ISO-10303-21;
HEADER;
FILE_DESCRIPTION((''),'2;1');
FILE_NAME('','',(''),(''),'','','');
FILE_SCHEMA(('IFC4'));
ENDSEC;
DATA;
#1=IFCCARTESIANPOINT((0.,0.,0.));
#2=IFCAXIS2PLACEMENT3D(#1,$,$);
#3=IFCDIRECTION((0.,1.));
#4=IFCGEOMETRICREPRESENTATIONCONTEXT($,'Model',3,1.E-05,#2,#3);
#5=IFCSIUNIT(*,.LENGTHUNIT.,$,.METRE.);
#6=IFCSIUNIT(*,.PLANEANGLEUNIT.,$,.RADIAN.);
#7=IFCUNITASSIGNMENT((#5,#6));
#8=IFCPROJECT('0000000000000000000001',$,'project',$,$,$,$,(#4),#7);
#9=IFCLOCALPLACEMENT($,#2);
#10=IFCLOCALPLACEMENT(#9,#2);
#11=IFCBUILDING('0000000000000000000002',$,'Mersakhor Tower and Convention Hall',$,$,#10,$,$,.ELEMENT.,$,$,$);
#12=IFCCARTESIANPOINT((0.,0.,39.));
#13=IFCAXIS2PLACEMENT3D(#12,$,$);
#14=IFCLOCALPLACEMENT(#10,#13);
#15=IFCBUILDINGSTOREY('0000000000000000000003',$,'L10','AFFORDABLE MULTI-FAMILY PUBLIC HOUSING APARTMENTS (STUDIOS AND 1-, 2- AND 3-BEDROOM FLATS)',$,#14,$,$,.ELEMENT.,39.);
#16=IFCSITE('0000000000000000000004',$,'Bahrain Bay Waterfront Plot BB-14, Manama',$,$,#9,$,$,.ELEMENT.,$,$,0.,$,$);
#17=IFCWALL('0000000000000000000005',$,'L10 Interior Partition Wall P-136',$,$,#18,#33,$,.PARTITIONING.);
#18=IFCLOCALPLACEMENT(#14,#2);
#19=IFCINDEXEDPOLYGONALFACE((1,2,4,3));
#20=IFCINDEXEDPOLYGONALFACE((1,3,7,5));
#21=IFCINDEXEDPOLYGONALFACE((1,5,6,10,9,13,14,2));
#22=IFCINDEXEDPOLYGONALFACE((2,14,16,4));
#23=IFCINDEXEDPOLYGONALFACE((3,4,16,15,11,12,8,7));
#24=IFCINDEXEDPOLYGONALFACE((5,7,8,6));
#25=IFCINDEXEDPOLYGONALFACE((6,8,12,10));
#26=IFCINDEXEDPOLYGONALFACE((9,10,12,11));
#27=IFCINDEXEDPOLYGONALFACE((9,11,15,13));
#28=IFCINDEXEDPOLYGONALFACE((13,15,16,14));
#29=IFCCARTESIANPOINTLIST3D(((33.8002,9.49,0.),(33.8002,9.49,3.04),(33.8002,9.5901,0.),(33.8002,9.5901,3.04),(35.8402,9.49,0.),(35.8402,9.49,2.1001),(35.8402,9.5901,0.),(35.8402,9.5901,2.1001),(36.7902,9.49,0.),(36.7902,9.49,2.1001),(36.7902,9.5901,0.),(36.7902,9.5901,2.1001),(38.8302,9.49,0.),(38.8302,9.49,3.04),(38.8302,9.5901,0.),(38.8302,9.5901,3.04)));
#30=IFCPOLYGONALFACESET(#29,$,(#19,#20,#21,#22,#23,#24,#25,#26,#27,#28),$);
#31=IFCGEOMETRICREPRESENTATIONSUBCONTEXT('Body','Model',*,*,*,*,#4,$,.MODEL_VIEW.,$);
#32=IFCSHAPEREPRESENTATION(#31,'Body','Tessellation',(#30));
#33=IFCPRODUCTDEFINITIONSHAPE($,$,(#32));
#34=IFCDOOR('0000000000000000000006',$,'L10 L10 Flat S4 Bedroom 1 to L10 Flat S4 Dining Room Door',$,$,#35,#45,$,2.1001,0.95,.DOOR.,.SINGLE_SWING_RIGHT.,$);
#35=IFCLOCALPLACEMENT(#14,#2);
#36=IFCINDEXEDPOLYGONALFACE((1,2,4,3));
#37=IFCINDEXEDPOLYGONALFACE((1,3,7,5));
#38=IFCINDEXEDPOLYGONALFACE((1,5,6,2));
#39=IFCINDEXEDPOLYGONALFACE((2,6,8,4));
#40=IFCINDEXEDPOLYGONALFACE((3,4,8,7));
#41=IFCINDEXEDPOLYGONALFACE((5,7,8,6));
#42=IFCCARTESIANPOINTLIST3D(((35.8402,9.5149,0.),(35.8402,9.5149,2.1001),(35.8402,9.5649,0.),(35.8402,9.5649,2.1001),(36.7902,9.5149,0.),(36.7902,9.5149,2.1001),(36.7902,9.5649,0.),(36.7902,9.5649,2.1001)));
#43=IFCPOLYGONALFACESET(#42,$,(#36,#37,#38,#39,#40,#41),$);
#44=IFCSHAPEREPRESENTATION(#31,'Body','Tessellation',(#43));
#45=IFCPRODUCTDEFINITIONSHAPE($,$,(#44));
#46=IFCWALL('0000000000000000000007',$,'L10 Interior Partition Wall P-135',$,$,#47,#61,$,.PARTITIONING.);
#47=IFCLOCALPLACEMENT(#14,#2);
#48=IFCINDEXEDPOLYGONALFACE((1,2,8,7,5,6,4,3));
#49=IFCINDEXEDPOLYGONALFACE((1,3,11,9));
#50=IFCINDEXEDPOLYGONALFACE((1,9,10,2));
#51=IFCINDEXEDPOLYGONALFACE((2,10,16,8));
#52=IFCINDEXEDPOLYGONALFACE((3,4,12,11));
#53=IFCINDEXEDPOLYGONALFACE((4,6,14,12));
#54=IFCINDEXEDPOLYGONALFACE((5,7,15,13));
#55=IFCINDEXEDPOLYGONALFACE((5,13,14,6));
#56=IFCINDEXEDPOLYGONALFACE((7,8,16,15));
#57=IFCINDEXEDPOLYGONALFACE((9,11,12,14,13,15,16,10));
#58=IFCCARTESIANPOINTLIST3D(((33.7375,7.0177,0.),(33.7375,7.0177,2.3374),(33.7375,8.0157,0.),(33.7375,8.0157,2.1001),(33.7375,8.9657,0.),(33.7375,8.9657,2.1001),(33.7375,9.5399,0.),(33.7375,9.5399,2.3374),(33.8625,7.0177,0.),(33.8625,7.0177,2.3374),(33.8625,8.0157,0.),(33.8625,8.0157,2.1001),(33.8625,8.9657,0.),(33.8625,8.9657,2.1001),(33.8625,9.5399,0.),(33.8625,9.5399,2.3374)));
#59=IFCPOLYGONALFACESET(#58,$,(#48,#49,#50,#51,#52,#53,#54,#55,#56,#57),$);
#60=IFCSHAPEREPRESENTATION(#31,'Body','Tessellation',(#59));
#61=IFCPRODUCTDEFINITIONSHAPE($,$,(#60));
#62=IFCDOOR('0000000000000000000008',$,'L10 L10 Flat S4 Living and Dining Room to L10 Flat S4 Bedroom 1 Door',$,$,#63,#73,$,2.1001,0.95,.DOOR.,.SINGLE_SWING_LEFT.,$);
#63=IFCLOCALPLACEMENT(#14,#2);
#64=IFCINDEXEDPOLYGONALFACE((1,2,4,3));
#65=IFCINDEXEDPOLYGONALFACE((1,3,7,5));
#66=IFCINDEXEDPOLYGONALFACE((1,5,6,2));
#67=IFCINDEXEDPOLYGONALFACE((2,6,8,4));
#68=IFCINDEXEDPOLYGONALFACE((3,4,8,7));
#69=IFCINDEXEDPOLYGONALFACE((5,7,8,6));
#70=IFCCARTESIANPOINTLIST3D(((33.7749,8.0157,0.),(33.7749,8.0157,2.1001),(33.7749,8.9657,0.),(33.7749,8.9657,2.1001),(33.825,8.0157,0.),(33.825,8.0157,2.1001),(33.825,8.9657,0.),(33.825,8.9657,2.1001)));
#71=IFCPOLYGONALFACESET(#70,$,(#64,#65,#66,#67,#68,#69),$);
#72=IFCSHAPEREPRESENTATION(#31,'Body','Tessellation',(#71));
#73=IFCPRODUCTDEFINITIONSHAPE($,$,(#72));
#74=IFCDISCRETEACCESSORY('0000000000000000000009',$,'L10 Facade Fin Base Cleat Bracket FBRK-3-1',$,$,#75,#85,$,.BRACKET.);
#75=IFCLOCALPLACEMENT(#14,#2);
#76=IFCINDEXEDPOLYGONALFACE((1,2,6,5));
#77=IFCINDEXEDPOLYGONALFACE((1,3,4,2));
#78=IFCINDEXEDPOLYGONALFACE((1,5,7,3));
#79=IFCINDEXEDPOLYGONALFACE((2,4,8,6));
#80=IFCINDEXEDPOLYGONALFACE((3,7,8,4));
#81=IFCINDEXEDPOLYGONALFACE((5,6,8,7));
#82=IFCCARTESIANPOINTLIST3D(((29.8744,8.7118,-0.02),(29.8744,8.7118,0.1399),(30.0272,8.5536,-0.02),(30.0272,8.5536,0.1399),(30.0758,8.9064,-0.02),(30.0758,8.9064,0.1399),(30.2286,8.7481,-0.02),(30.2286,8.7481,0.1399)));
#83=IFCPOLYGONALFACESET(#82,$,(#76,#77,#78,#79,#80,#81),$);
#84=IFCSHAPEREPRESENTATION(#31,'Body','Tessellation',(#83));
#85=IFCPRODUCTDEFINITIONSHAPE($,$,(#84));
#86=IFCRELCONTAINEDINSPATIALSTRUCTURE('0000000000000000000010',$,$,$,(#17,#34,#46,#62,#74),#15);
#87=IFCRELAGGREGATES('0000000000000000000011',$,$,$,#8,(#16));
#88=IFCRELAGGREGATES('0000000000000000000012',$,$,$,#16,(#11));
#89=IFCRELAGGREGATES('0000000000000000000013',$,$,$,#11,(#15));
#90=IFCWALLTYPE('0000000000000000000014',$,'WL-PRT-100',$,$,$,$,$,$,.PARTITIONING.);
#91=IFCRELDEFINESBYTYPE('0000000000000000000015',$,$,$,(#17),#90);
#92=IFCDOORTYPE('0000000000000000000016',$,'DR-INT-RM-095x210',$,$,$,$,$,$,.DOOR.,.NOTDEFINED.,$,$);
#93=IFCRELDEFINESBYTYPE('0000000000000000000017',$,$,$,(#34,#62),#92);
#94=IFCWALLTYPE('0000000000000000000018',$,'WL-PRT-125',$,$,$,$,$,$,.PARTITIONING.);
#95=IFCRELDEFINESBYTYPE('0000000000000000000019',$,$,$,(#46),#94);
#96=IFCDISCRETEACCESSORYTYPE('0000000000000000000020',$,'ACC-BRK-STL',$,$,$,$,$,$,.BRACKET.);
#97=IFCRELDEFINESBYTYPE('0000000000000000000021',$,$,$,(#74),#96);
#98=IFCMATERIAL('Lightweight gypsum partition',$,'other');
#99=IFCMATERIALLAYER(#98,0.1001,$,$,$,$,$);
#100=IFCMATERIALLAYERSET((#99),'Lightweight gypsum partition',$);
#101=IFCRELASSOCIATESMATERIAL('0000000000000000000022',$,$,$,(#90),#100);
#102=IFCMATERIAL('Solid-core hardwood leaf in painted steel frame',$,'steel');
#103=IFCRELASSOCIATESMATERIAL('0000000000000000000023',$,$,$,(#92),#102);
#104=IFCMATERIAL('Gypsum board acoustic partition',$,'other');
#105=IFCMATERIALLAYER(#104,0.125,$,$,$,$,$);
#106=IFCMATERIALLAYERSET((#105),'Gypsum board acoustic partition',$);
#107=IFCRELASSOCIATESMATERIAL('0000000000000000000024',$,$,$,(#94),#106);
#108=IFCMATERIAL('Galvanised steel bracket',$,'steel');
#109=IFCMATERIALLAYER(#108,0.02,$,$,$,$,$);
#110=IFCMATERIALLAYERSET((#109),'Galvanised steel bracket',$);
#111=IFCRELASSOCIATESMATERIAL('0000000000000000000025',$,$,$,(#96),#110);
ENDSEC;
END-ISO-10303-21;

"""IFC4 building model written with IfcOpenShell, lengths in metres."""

from ifc_helpers import new_model, si_unit, direction, frame, frame_2d, origin, origin_2d, place, context, subcontext, project, spatial, rectangle, extrude, material, layer, layer_set, type_object, element, fill, save


model = new_model("IFC4")

# Units and contexts
model_context = context("Model", 3, precision=1e-05, world=origin(), true_north=direction((0.0, 1.0)))
body_context = subcontext(model_context, "Body", "Model", "MODEL_VIEW")
ifc_project = project(units=[si_unit("LENGTHUNIT", "METRE"), si_unit("PLANEANGLEUNIT", "RADIAN")], contexts=[model_context])

# Site, building, storey
site_placement = place(None, origin())
site = spatial("IfcSite", under=ifc_project, at=site_placement, Name="Bahrain Bay Waterfront Plot BB-14, Manama", CompositionType="ELEMENT", RefElevation=0.0)
building_placement = place(site_placement, origin())
building = spatial("IfcBuilding", under=site, at=building_placement, Name="Mersakhor Tower and Convention Hall", CompositionType="ELEMENT")
storey_placement = place(building_placement, frame((0.0, 0.0, 39.0)))
storey = spatial("IfcBuildingStorey", under=building, at=storey_placement, Name="L10", Description="AFFORDABLE MULTI-FAMILY PUBLIC HOUSING APARTMENTS (STUDIOS AND 1-, 2- AND 3-BEDROOM FLATS)", CompositionType="ELEMENT", Elevation=39.0)

# Walls, openings, doors
ifc_material_1 = material(Name="Lightweight gypsum partition", Category="other")
ifc_layer_1 = layer(ifc_material_1, 0.1001)
ifc_layer_set_1 = layer_set([ifc_layer_1], Name="Lightweight gypsum partition")
wall_type_1 = type_object("IfcWallType", Name="WL-PRT-100", PredefinedType="PARTITIONING", material=ifc_layer_set_1)
ifc_material_2 = material(Name="Solid-core hardwood leaf in painted steel frame", Category="steel")
door_type_1 = type_object("IfcDoorType", Name="DR-INT-RM-095x210", OperationType="NOTDEFINED", PredefinedType="DOOR", material=ifc_material_2)
wall_1_placement = place(storey_placement, frame((33.8, 9.54, 0.0), z_axis=(0.0, 0.0, 1.0), x_axis=(1.0, 0.0, 0.0)))
wall_1 = element("IfcWall", 1, at=wall_1_placement, inside=storey, type_object=wall_type_1, Name="L10 Interior Partition Wall P-136", PredefinedType="PARTITIONING", context=body_context, shape_type="SweptSolid", body=[
    extrude(rectangle(XDim=5.03, YDim=0.1001, at=frame_2d((2.5151, 0.0))), origin(), (0.0, 0.0, 1.0), 3.04),
])
opening_1_placement = place(wall_1_placement, frame((2.04, 0.0, 0.0)))
opening_1 = element("IfcOpeningElement", 2, at=opening_1_placement, cuts=wall_1, PredefinedType="OPENING", context=body_context, shape_type="SweptSolid", body=[
    extrude(rectangle(XDim=0.95, YDim=2.1001, at=frame_2d((0.4751, 1.05))), frame((0.0, 0.0601, 0.0), z_axis=(0.0, -1.0, 0.0), x_axis=(1.0, 0.0, 0.0)), (0.0, 0.0, 1.0), 0.1201),
])
door_1_placement = place(opening_1_placement, origin())
door_1 = element("IfcDoor", 3, at=door_1_placement, inside=storey, type_object=door_type_1, Name="L10 L10 Flat S4 Bedroom 1 to L10 Flat S4 Dining Room Door", OperationType="SINGLE_SWING_RIGHT", OverallHeight=2.1001, OverallWidth=0.95, PredefinedType="DOOR", context=body_context, shape_type="SweptSolid", body=[
    extrude(rectangle(XDim=0.95, YDim=2.1001, at=frame_2d((0.4751, 1.05))), frame((0.0, 0.0249, 0.0), z_axis=(0.0, -1.0, 0.0), x_axis=(1.0, 0.0, 0.0)), (0.0, 0.0, 1.0), 0.05),
])
fill(opening_1, door_1)
ifc_material_3 = material(Name="Gypsum board acoustic partition", Category="other")
ifc_layer_2 = layer(ifc_material_3, 0.125)
ifc_layer_set_2 = layer_set([ifc_layer_2], Name="Gypsum board acoustic partition")
wall_type_2 = type_object("IfcWallType", Name="WL-PRT-125", PredefinedType="PARTITIONING", material=ifc_layer_set_2)
wall_2_placement = place(storey_placement, frame((33.8, 9.54, 0.0), z_axis=(0.0, 0.0, 1.0), x_axis=(0.0, -1.0, 0.0)))
wall_2 = element("IfcWall", 4, at=wall_2_placement, inside=storey, type_object=wall_type_2, Name="L10 Interior Partition Wall P-135", PredefinedType="PARTITIONING", context=body_context, shape_type="SweptSolid", body=[
    extrude(rectangle(XDim=2.5222, YDim=0.125, at=frame_2d((1.2612, 0.0))), origin(), (0.0, 0.0, 1.0), 2.3374),
])
opening_2_placement = place(wall_2_placement, frame((0.5742, 0.0, 0.0)))
opening_2 = element("IfcOpeningElement", 5, at=opening_2_placement, cuts=wall_2, PredefinedType="OPENING", context=body_context, shape_type="SweptSolid", body=[
    extrude(rectangle(XDim=0.95, YDim=2.1001, at=frame_2d((0.4751, 1.05))), frame((0.0, 0.0725, 0.0), z_axis=(0.0, -1.0, 0.0), x_axis=(1.0, 0.0, 0.0)), (0.0, 0.0, 1.0), 0.145),
])
door_2_placement = place(opening_2_placement, origin())
door_2 = element("IfcDoor", 6, at=door_2_placement, inside=storey, type_object=door_type_1, Name="L10 L10 Flat S4 Living and Dining Room to L10 Flat S4 Bedroom 1 Door", OperationType="SINGLE_SWING_LEFT", OverallHeight=2.1001, OverallWidth=0.95, PredefinedType="DOOR", context=body_context, shape_type="SweptSolid", body=[
    extrude(rectangle(XDim=0.95, YDim=2.1001, at=frame_2d((0.4751, 1.05))), frame((0.0, 0.0249, 0.0), z_axis=(0.0, -1.0, 0.0), x_axis=(1.0, 0.0, 0.0)), (0.0, 0.0, 1.0), 0.05),
])
fill(opening_2, door_2)

# Discrete accessory
ifc_material_4 = material(Name="Galvanised steel bracket", Category="steel")
ifc_layer_3 = layer(ifc_material_4, 0.02)
ifc_layer_set_3 = layer_set([ifc_layer_3], Name="Galvanised steel bracket")
discrete_accessory_type = type_object("IfcDiscreteAccessoryType", Name="ACC-BRK-STL", PredefinedType="BRACKET", material=ifc_layer_set_3)
discrete_accessory_placement = place(storey_placement, frame((30.0515, 8.73, -0.02), z_axis=(0.0, 0.0, 1.0), x_axis=(-0.71934, -0.694658, 0.0)))
element("IfcDiscreteAccessory", 7, at=discrete_accessory_placement, inside=storey, type_object=discrete_accessory_type, Name="L10 Facade Fin Base Cleat Bracket FBRK-3-1", PredefinedType="BRACKET", context=body_context, shape_type="SweptSolid", body=[
    extrude(rectangle(XDim=0.28, YDim=0.22, at=origin_2d()), origin(), (0.0, 0.0, 1.0), 0.1599),
])

save(model, "model.ifc")
